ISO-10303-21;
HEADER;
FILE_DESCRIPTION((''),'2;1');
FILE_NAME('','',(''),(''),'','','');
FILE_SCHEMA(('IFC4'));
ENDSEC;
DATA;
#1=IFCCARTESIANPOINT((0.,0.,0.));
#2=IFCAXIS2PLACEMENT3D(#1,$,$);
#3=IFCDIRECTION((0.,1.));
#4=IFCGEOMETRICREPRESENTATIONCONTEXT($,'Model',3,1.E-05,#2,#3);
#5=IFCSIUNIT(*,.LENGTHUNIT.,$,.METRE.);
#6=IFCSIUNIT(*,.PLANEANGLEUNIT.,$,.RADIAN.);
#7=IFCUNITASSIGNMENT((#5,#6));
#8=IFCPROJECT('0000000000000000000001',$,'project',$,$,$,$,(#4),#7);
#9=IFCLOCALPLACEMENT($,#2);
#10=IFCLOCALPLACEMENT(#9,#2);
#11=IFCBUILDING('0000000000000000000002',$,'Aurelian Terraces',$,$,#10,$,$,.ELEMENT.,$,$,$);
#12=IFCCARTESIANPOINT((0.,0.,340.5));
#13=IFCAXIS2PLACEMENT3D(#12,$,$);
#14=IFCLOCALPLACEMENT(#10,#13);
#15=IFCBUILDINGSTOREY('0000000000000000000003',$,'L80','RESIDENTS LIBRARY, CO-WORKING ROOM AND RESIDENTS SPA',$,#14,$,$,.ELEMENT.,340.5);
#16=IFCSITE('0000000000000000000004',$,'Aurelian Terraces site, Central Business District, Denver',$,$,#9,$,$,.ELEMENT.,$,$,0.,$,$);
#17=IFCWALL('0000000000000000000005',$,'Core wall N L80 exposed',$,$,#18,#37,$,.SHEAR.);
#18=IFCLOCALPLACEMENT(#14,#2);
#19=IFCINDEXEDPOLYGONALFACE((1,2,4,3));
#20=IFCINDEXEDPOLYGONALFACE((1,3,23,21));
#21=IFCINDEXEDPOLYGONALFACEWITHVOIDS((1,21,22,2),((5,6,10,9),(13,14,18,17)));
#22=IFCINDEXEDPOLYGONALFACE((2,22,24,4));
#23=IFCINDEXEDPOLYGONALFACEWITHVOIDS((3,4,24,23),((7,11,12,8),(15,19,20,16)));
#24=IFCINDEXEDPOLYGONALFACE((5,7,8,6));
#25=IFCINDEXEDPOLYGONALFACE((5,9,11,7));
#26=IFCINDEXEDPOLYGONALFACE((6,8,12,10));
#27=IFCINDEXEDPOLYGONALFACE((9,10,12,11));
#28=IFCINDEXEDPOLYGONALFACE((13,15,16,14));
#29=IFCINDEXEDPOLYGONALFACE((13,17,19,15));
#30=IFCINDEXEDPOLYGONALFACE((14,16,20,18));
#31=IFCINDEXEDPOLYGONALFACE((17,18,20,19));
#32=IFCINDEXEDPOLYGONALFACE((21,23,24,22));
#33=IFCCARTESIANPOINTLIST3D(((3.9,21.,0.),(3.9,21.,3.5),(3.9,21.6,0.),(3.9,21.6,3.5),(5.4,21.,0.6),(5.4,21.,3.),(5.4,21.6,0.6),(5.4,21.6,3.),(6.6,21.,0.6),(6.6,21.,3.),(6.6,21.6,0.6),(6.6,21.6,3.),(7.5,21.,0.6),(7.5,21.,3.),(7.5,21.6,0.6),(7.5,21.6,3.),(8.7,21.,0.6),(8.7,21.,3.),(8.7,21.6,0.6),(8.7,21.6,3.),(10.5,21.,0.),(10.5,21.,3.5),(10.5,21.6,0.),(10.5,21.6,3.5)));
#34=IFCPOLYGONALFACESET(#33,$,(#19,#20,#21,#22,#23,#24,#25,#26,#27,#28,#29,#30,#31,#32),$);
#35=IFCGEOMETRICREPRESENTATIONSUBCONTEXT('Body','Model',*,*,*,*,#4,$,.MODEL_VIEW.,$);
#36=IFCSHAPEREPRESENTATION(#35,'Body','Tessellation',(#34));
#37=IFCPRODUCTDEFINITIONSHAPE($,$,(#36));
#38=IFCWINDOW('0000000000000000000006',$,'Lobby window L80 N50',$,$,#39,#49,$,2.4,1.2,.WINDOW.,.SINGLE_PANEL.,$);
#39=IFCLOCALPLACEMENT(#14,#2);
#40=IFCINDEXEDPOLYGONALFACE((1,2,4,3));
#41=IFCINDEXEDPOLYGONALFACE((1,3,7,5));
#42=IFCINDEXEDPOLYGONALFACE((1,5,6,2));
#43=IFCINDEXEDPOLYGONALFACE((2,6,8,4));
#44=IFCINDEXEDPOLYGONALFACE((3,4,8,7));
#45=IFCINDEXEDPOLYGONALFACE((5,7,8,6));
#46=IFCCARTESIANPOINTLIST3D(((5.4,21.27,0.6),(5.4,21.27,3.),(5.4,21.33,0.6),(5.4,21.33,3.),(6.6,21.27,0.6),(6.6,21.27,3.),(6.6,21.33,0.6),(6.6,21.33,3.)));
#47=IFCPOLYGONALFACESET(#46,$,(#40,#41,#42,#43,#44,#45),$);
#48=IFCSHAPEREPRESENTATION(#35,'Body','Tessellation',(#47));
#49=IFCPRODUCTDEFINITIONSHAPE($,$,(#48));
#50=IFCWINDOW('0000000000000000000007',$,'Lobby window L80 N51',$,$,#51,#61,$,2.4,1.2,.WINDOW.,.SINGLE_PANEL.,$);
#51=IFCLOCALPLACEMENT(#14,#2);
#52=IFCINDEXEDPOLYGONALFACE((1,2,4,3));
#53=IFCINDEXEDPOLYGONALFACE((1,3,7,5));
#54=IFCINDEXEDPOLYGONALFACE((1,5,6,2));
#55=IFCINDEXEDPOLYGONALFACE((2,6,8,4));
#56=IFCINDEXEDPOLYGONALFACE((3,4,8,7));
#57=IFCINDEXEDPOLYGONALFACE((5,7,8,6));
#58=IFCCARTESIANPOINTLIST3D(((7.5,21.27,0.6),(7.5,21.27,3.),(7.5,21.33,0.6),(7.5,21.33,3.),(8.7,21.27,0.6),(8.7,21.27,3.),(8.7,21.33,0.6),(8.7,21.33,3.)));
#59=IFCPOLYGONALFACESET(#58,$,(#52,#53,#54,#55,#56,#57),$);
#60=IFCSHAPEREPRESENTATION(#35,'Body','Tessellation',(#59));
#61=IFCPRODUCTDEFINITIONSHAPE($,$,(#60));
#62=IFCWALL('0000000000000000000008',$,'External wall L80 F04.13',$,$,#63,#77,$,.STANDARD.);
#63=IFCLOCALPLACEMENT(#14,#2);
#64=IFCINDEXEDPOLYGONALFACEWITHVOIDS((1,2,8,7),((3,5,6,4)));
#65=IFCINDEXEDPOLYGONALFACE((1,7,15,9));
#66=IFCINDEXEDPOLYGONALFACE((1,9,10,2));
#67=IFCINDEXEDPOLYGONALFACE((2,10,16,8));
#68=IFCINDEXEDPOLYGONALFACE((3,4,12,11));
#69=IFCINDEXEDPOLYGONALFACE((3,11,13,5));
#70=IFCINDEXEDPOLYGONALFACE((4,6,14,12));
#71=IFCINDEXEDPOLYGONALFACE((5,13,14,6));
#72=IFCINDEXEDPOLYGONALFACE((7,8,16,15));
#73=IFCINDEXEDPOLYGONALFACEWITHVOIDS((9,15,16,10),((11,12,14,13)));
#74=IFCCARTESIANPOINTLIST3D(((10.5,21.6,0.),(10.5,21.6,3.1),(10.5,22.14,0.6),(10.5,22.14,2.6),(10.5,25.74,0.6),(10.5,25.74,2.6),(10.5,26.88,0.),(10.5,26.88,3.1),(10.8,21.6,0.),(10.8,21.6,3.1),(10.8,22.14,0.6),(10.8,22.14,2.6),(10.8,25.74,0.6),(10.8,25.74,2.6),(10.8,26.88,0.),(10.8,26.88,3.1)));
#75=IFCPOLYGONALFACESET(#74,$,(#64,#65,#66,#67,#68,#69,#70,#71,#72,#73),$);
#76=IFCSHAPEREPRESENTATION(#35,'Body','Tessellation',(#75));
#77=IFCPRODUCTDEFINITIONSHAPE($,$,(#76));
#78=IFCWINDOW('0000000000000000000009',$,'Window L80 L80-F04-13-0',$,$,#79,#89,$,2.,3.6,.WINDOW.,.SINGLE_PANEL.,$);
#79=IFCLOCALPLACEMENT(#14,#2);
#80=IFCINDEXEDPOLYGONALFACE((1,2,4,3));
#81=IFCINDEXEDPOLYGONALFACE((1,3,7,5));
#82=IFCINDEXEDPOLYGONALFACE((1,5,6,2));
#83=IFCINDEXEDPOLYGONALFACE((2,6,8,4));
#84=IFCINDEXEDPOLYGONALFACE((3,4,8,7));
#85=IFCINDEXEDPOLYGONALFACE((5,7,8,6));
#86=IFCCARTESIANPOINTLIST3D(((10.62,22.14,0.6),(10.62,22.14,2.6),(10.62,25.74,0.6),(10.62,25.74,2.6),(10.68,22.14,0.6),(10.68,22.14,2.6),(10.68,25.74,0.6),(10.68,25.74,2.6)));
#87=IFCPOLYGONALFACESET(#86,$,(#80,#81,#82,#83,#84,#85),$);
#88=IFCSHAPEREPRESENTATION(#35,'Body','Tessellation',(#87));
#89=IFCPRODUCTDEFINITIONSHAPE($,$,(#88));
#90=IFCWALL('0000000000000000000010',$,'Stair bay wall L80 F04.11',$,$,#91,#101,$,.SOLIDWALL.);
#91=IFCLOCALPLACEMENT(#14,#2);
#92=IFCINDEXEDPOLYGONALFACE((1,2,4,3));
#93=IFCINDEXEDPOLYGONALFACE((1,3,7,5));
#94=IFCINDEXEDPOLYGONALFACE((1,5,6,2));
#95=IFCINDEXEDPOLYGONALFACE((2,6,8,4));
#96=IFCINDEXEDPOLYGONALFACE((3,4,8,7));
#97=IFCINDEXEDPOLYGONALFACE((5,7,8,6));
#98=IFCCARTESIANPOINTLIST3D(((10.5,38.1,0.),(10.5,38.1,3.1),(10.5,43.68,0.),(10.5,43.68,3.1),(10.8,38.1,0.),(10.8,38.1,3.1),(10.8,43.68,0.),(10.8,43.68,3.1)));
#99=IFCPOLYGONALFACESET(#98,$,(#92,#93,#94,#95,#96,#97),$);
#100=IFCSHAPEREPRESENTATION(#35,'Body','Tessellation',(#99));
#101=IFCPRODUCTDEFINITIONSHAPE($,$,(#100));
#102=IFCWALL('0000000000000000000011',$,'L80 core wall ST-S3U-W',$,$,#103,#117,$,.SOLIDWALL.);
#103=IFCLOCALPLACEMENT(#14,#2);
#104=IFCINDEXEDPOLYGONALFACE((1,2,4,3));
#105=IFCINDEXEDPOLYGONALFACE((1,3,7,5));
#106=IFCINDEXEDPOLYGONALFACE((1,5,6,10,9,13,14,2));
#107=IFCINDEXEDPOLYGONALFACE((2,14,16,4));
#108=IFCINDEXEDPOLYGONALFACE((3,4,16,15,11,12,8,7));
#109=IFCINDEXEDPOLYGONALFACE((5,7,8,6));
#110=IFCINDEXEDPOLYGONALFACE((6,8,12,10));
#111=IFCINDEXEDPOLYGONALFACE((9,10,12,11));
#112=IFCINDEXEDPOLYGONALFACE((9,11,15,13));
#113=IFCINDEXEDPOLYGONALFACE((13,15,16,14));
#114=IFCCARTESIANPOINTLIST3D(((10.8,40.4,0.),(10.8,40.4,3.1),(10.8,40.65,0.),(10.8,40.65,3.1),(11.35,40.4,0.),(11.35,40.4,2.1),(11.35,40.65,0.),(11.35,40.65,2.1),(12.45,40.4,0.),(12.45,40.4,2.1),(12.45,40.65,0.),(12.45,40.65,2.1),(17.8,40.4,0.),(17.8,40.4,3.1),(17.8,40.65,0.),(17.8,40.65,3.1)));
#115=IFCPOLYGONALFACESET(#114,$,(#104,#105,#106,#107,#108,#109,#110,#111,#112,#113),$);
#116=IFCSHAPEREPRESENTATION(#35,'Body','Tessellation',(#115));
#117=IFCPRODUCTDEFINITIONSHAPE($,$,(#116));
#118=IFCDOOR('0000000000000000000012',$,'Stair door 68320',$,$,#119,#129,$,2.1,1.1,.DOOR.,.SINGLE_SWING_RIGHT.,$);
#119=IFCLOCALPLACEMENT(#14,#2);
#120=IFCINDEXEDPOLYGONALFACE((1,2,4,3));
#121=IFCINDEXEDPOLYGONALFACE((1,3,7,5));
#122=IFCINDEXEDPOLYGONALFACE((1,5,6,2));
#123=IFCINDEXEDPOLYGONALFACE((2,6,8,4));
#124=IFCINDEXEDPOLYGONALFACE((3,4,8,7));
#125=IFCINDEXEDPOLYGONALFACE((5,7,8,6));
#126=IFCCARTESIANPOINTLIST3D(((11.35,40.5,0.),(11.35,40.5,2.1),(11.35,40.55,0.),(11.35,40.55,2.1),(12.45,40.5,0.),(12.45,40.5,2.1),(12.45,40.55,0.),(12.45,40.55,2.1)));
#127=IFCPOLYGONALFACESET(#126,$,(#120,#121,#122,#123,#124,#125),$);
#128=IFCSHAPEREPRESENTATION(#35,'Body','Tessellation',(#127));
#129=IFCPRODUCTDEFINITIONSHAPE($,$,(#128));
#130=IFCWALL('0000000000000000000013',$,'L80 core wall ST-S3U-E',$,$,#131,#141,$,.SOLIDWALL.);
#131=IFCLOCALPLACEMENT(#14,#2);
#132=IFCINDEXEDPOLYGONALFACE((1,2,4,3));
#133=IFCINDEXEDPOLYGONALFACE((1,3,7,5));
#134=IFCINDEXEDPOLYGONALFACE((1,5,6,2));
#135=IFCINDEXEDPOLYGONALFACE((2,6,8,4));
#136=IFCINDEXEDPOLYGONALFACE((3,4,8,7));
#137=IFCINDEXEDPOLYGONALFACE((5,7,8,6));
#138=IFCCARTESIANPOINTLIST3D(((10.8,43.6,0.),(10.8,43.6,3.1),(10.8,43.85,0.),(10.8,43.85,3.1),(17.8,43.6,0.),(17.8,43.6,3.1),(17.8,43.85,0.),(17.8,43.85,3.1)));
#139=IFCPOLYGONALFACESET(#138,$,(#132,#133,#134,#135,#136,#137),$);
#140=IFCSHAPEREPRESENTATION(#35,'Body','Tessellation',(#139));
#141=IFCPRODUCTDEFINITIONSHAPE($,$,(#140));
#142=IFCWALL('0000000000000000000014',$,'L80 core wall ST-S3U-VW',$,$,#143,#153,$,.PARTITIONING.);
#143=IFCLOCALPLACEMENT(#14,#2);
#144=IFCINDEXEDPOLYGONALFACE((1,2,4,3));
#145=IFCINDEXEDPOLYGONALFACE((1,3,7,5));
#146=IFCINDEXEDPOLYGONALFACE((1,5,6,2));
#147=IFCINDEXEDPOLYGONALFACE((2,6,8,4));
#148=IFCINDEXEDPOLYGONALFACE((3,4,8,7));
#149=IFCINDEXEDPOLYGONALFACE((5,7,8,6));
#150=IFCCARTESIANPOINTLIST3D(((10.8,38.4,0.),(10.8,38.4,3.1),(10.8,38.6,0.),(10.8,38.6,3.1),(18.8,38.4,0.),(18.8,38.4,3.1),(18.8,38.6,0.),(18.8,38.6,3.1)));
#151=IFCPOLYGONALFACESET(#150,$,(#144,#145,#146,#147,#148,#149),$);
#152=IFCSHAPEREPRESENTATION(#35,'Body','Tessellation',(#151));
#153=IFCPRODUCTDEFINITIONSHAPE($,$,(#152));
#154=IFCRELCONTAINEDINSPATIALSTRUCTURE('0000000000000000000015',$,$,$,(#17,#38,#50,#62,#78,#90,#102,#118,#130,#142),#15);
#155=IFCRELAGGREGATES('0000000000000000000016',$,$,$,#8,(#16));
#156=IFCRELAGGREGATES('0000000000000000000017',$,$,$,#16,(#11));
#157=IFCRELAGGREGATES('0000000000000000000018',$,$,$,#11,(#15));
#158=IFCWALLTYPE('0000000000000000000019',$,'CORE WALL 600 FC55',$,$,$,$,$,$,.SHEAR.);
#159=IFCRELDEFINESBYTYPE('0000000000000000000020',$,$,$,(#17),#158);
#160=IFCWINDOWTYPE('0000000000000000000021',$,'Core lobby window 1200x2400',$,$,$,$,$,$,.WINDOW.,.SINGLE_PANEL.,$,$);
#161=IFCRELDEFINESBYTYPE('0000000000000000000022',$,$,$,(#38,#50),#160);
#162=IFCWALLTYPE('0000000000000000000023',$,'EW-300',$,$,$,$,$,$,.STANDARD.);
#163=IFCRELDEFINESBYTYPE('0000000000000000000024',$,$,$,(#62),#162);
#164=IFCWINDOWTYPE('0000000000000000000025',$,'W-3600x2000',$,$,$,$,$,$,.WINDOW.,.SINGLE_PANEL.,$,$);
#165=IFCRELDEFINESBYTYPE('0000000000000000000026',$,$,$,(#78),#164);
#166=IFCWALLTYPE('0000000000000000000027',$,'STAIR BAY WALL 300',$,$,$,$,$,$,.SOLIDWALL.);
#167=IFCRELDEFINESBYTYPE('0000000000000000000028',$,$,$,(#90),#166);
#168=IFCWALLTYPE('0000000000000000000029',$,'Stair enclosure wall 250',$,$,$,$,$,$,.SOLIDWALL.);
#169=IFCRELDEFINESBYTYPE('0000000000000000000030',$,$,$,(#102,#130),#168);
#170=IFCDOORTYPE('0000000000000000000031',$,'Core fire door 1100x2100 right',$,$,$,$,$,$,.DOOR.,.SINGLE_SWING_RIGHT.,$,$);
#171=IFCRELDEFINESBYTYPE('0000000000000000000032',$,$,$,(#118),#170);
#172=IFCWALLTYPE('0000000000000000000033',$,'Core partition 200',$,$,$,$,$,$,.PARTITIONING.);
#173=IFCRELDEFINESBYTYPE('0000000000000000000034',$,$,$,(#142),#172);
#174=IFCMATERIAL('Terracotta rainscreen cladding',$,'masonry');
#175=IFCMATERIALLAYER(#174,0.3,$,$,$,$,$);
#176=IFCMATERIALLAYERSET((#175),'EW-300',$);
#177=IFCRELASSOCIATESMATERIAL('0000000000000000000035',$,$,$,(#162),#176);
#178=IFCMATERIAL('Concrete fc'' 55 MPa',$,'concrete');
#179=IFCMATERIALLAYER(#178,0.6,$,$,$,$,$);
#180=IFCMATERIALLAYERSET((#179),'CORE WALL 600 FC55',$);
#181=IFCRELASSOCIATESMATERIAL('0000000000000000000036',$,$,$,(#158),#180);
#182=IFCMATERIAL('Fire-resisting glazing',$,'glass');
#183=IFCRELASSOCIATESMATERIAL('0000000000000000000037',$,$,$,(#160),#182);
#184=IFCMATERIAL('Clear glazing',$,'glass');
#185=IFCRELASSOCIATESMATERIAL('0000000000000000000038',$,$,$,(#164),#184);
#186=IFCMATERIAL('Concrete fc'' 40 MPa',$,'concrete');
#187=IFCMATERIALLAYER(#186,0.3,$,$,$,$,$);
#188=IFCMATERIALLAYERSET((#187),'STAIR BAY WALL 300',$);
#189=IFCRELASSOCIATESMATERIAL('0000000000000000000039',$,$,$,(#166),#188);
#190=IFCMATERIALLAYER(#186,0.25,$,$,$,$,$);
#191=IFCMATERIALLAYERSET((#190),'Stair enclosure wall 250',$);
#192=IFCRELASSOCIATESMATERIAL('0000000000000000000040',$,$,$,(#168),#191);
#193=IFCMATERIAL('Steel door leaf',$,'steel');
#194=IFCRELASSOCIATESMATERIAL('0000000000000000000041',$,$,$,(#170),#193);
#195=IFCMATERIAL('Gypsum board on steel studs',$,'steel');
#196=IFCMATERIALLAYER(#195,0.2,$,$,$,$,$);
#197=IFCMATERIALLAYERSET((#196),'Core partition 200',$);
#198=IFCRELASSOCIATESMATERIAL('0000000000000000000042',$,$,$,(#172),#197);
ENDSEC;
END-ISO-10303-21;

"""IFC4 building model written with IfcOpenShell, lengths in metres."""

from ifc_helpers import new_model, si_unit, direction, frame, frame_2d, origin, place, context, subcontext, project, spatial, rectangle, extrude, source, transform, mapped, material, layer, layer_set, type_object, element, fill, save


model = new_model("IFC4")

# Units and contexts
model_context = context("Model", 3, precision=1e-05, world=origin(), true_north=direction((0.0, 1.0)))
body_context = subcontext(model_context, "Body", "Model", "MODEL_VIEW")
ifc_project = project(units=[si_unit("LENGTHUNIT", "METRE"), si_unit("PLANEANGLEUNIT", "RADIAN")], contexts=[model_context])

# Site, building, storey
site_placement = place(None, origin())
site = spatial("IfcSite", under=ifc_project, at=site_placement, Name="Aurelian Terraces site, Central Business District, Denver", CompositionType="ELEMENT", RefElevation=0.0)
building_placement = place(site_placement, origin())
building = spatial("IfcBuilding", under=site, at=building_placement, Name="Aurelian Terraces", CompositionType="ELEMENT")
storey_placement = place(building_placement, frame((0.0, 0.0, 340.5)))
storey = spatial("IfcBuildingStorey", under=building, at=storey_placement, Name="L80", Description="RESIDENTS LIBRARY, CO-WORKING ROOM AND RESIDENTS SPA", CompositionType="ELEMENT", Elevation=340.5)

# Shared definitions
ifc_material_1 = material(Name="Concrete fc' 55 MPa", Category="concrete")

# Shared definitions
ifc_material_2 = material(Name="Terracotta rainscreen cladding", Category="masonry")
ifc_layer_1 = layer(ifc_material_2, 0.3)
ifc_layer_set_1 = layer_set([ifc_layer_1], Name="EW-300")
wall_type_1 = type_object("IfcWallType", Name="EW-300", PredefinedType="STANDARD", material=ifc_layer_set_1)
ifc_material_3 = material(Name="Clear glazing", Category="glass")

# Shared definitions
ifc_layer_2 = layer(ifc_material_1, 0.6)
ifc_layer_set_2 = layer_set([ifc_layer_2], Name="CORE WALL 600 FC55")
wall_type_2 = type_object("IfcWallType", Name="CORE WALL 600 FC55", PredefinedType="SHEAR", material=ifc_layer_set_2)
ifc_material_4 = material(Name="Steel door leaf", Category="steel")

# Wall, openings, windows
shared_shape_1 = source(origin(), body_context, "Body", "SweptSolid", [
    extrude(rectangle(XDim=6.6, YDim=0.6, at=frame_2d((3.3, 0.0))), origin(), (0.0, 0.0, 1.0), 3.5),
])
wall_1_placement = place(storey_placement, frame((3.9, 21.3, 0.0), z_axis=(0.0, 0.0, 1.0), x_axis=(1.0, 0.0, 0.0)))
wall_1 = element("IfcWall", 1, at=wall_1_placement, inside=storey, type_object=wall_type_2, Name="Core wall N L80 exposed", PredefinedType="SHEAR", context=body_context, shape_type="MappedRepresentation", body=[
    mapped(shared_shape_1, transform((0.0, 0.0, 0.0), scale=1.0)),
])
shared_shape_2 = source(origin(), body_context, "Body", "SweptSolid", [
    extrude(rectangle(XDim=1.2, YDim=2.4, at=frame_2d((0.6, 1.2))), frame((0.0, 0.31, 0.0), z_axis=(0.0, -1.0, 0.0), x_axis=(1.0, 0.0, 0.0)), (0.0, 0.0, 1.0), 0.62),
])
opening_1_placement = place(wall_1_placement, frame((1.5, 0.0, 0.6)))
opening_1 = element("IfcOpeningElement", 2, at=opening_1_placement, cuts=wall_1, PredefinedType="OPENING", context=body_context, shape_type="MappedRepresentation", body=[
    mapped(shared_shape_2, transform((0.0, 0.0, 0.0), scale=1.0)),
])
opening_2_placement = place(wall_1_placement, frame((3.6, 0.0, 0.6)))
opening_2 = element("IfcOpeningElement", 3, at=opening_2_placement, cuts=wall_1, PredefinedType="OPENING", context=body_context, shape_type="MappedRepresentation", body=[
    mapped(shared_shape_2, transform((0.0, 0.0, 0.0), scale=1.0)),
])
ifc_material_5 = material(Name="Fire-resisting glazing", Category="glass")
window_type_1 = type_object("IfcWindowType", Name="Core lobby window 1200x2400", PartitioningType="SINGLE_PANEL", PredefinedType="WINDOW", material=ifc_material_5)
shared_shape_3 = source(origin(), body_context, "Body", "SweptSolid", [
    extrude(rectangle(XDim=1.2, YDim=2.4, at=frame_2d((0.6, 1.2))), frame((0.0, 0.03, 0.0), z_axis=(0.0, -1.0, 0.0), x_axis=(1.0, 0.0, 0.0)), (0.0, 0.0, 1.0), 0.06),
])
window_1_placement = place(opening_1_placement, origin())
window_1 = element("IfcWindow", 4, at=window_1_placement, inside=storey, type_object=window_type_1, Name="Lobby window L80 N50", OverallHeight=2.4, OverallWidth=1.2, PartitioningType="SINGLE_PANEL", PredefinedType="WINDOW", context=body_context, shape_type="MappedRepresentation", body=[
    mapped(shared_shape_3, transform((0.0, 0.0, 0.0), scale=1.0)),
])
fill(opening_1, window_1)
window_2_placement = place(opening_2_placement, origin())
window_2 = element("IfcWindow", 5, at=window_2_placement, inside=storey, type_object=window_type_1, Name="Lobby window L80 N51", OverallHeight=2.4, OverallWidth=1.2, PartitioningType="SINGLE_PANEL", PredefinedType="WINDOW", context=body_context, shape_type="MappedRepresentation", body=[
    mapped(shared_shape_3, transform((0.0, 0.0, 0.0), scale=1.0)),
])
fill(opening_2, window_2)

# Wall, opening, window
shared_shape_4 = source(origin(), body_context, "Body", "SweptSolid", [
    extrude(rectangle(XDim=5.28, YDim=0.3, at=frame_2d((2.64, 0.0))), origin(), (0.0, 0.0, 1.0), 3.1),
])
wall_2_placement = place(storey_placement, frame((10.65, 26.88, 0.0), z_axis=(0.0, 0.0, 1.0), x_axis=(0.0, -1.0, 0.0)))
wall_2 = element("IfcWall", 6, at=wall_2_placement, inside=storey, type_object=wall_type_1, Name="External wall L80 F04.13", PredefinedType="STANDARD", context=body_context, shape_type="MappedRepresentation", body=[
    mapped(shared_shape_4, transform((0.0, 0.0, 0.0), scale=1.0)),
])
shared_shape_5 = source(origin(), body_context, "Body", "SweptSolid", [
    extrude(rectangle(XDim=3.6, YDim=2.0, at=frame_2d((1.8, 1.0))), frame((0.0, 0.16, 0.0), z_axis=(0.0, -1.0, 0.0), x_axis=(1.0, 0.0, 0.0)), (0.0, 0.0, 1.0), 0.32),
])
opening_3_placement = place(wall_2_placement, frame((1.14, 0.0, 0.6)))
opening_3 = element("IfcOpeningElement", 7, at=opening_3_placement, cuts=wall_2, PredefinedType="OPENING", context=body_context, shape_type="MappedRepresentation", body=[
    mapped(shared_shape_5, transform((0.0, 0.0, 0.0), scale=1.0)),
])
window_type_2 = type_object("IfcWindowType", Name="W-3600x2000", PartitioningType="SINGLE_PANEL", PredefinedType="WINDOW", material=ifc_material_3)
shared_shape_6 = source(origin(), body_context, "Body", "SweptSolid", [
    extrude(rectangle(XDim=3.6, YDim=2.0, at=frame_2d((1.8, 1.0))), frame((0.0, 0.03, 0.0), z_axis=(0.0, -1.0, 0.0), x_axis=(1.0, 0.0, 0.0)), (0.0, 0.0, 1.0), 0.06),
])
window_3_placement = place(opening_3_placement, origin())
window_3 = element("IfcWindow", 8, at=window_3_placement, inside=storey, type_object=window_type_2, Name="Window L80 L80-F04-13-0", OverallHeight=2.0, OverallWidth=3.6, PartitioningType="SINGLE_PANEL", PredefinedType="WINDOW", context=body_context, shape_type="MappedRepresentation", body=[
    mapped(shared_shape_6, transform((0.0, 0.0, 0.0), scale=1.0)),
])
fill(opening_3, window_3)

# Wall
ifc_material_6 = material(Name="Concrete fc' 40 MPa", Category="concrete")
ifc_layer_3 = layer(ifc_material_6, 0.3)
ifc_layer_set_3 = layer_set([ifc_layer_3], Name="STAIR BAY WALL 300")
wall_type_3 = type_object("IfcWallType", Name="STAIR BAY WALL 300", PredefinedType="SOLIDWALL", material=ifc_layer_set_3)
shared_shape_7 = source(origin(), body_context, "Body", "SweptSolid", [
    extrude(rectangle(XDim=5.58, YDim=0.3, at=frame_2d((2.79, 0.0))), origin(), (0.0, 0.0, 1.0), 3.1),
])
wall_3_placement = place(storey_placement, frame((10.65, 43.68, 0.0), z_axis=(0.0, 0.0, 1.0), x_axis=(0.0, -1.0, 0.0)))
element("IfcWall", 9, at=wall_3_placement, inside=storey, type_object=wall_type_3, Name="Stair bay wall L80 F04.11", PredefinedType="SOLIDWALL", context=body_context, shape_type="MappedRepresentation", body=[
    mapped(shared_shape_7, transform((0.0, 0.0, 0.0), scale=1.0)),
])

# Wall, opening, door
ifc_layer_4 = layer(ifc_material_6, 0.25)
ifc_layer_set_4 = layer_set([ifc_layer_4], Name="Stair enclosure wall 250")
wall_type_4 = type_object("IfcWallType", Name="Stair enclosure wall 250", PredefinedType="SOLIDWALL", material=ifc_layer_set_4)
shared_shape_8 = source(origin(), body_context, "Body", "SweptSolid", [
    extrude(rectangle(XDim=7.0, YDim=0.25, at=frame_2d((3.5, 0.0))), origin(), (0.0, 0.0, 1.0), 3.1),
])
wall_4_placement = place(storey_placement, frame((10.8, 40.525, 0.0), z_axis=(0.0, 0.0, 1.0), x_axis=(1.0, 0.0, 0.0)))
wall_4 = element("IfcWall", 10, at=wall_4_placement, inside=storey, type_object=wall_type_4, Name="L80 core wall ST-S3U-W", PredefinedType="SOLIDWALL", context=body_context, shape_type="MappedRepresentation", body=[
    mapped(shared_shape_8, transform((0.0, 0.0, 0.0), scale=1.0)),
])
shared_shape_9 = source(origin(), body_context, "Body", "SweptSolid", [
    extrude(rectangle(XDim=1.1, YDim=2.1, at=frame_2d((0.55, 1.05))), frame((0.0, 0.135, 0.0), z_axis=(0.0, -1.0, 0.0), x_axis=(1.0, 0.0, 0.0)), (0.0, 0.0, 1.0), 0.27),
])
opening_4_placement = place(wall_4_placement, frame((0.55, 0.0, 0.0)))
opening_4 = element("IfcOpeningElement", 11, at=opening_4_placement, cuts=wall_4, PredefinedType="OPENING", context=body_context, shape_type="MappedRepresentation", body=[
    mapped(shared_shape_9, transform((0.0, 0.0, 0.0), scale=1.0)),
])
door_type_1 = type_object("IfcDoorType", Name="Core fire door 1100x2100 right", OperationType="SINGLE_SWING_RIGHT", PredefinedType="DOOR", material=ifc_material_4)
shared_shape_10 = source(origin(), body_context, "Body", "SweptSolid", [
    extrude(rectangle(XDim=1.1, YDim=2.1, at=frame_2d((0.55, 1.05))), frame((0.0, 0.025, 0.0), z_axis=(0.0, -1.0, 0.0), x_axis=(1.0, 0.0, 0.0)), (0.0, 0.0, 1.0), 0.05),
])
door_1_placement = place(opening_4_placement, origin())
door_1 = element("IfcDoor", 12, at=door_1_placement, inside=storey, type_object=door_type_1, Name="Stair door 68320", OperationType="SINGLE_SWING_RIGHT", OverallHeight=2.1, OverallWidth=1.1, PredefinedType="DOOR", context=body_context, shape_type="MappedRepresentation", body=[
    mapped(shared_shape_10, transform((0.0, 0.0, 0.0), scale=1.0)),
])
fill(opening_4, door_1)

# Walls
wall_5_placement = place(storey_placement, frame((10.8, 43.725, 0.0), z_axis=(0.0, 0.0, 1.0), x_axis=(1.0, 0.0, 0.0)))
element("IfcWall", 13, at=wall_5_placement, inside=storey, type_object=wall_type_4, Name="L80 core wall ST-S3U-E", PredefinedType="SOLIDWALL", context=body_context, shape_type="MappedRepresentation", body=[
    mapped(shared_shape_8, transform((0.0, 0.0, 0.0), scale=1.0)),
])
ifc_material_7 = material(Name="Gypsum board on steel studs", Category="steel")
ifc_layer_5 = layer(ifc_material_7, 0.2)
ifc_layer_set_5 = layer_set([ifc_layer_5], Name="Core partition 200")
wall_type_5 = type_object("IfcWallType", Name="Core partition 200", PredefinedType="PARTITIONING", material=ifc_layer_set_5)
shared_shape_11 = source(origin(), body_context, "Body", "SweptSolid", [
    extrude(rectangle(XDim=8.0, YDim=0.2, at=frame_2d((4.0, 0.0))), origin(), (0.0, 0.0, 1.0), 3.1),
])
wall_6_placement = place(storey_placement, frame((10.8, 38.5, 0.0), z_axis=(0.0, 0.0, 1.0), x_axis=(1.0, 0.0, 0.0)))
element("IfcWall", 14, at=wall_6_placement, inside=storey, type_object=wall_type_5, Name="L80 core wall ST-S3U-VW", PredefinedType="PARTITIONING", context=body_context, shape_type="MappedRepresentation", body=[
    mapped(shared_shape_11, transform((0.0, 0.0, 0.0), scale=1.0)),
])

save(model, "model.ifc")
